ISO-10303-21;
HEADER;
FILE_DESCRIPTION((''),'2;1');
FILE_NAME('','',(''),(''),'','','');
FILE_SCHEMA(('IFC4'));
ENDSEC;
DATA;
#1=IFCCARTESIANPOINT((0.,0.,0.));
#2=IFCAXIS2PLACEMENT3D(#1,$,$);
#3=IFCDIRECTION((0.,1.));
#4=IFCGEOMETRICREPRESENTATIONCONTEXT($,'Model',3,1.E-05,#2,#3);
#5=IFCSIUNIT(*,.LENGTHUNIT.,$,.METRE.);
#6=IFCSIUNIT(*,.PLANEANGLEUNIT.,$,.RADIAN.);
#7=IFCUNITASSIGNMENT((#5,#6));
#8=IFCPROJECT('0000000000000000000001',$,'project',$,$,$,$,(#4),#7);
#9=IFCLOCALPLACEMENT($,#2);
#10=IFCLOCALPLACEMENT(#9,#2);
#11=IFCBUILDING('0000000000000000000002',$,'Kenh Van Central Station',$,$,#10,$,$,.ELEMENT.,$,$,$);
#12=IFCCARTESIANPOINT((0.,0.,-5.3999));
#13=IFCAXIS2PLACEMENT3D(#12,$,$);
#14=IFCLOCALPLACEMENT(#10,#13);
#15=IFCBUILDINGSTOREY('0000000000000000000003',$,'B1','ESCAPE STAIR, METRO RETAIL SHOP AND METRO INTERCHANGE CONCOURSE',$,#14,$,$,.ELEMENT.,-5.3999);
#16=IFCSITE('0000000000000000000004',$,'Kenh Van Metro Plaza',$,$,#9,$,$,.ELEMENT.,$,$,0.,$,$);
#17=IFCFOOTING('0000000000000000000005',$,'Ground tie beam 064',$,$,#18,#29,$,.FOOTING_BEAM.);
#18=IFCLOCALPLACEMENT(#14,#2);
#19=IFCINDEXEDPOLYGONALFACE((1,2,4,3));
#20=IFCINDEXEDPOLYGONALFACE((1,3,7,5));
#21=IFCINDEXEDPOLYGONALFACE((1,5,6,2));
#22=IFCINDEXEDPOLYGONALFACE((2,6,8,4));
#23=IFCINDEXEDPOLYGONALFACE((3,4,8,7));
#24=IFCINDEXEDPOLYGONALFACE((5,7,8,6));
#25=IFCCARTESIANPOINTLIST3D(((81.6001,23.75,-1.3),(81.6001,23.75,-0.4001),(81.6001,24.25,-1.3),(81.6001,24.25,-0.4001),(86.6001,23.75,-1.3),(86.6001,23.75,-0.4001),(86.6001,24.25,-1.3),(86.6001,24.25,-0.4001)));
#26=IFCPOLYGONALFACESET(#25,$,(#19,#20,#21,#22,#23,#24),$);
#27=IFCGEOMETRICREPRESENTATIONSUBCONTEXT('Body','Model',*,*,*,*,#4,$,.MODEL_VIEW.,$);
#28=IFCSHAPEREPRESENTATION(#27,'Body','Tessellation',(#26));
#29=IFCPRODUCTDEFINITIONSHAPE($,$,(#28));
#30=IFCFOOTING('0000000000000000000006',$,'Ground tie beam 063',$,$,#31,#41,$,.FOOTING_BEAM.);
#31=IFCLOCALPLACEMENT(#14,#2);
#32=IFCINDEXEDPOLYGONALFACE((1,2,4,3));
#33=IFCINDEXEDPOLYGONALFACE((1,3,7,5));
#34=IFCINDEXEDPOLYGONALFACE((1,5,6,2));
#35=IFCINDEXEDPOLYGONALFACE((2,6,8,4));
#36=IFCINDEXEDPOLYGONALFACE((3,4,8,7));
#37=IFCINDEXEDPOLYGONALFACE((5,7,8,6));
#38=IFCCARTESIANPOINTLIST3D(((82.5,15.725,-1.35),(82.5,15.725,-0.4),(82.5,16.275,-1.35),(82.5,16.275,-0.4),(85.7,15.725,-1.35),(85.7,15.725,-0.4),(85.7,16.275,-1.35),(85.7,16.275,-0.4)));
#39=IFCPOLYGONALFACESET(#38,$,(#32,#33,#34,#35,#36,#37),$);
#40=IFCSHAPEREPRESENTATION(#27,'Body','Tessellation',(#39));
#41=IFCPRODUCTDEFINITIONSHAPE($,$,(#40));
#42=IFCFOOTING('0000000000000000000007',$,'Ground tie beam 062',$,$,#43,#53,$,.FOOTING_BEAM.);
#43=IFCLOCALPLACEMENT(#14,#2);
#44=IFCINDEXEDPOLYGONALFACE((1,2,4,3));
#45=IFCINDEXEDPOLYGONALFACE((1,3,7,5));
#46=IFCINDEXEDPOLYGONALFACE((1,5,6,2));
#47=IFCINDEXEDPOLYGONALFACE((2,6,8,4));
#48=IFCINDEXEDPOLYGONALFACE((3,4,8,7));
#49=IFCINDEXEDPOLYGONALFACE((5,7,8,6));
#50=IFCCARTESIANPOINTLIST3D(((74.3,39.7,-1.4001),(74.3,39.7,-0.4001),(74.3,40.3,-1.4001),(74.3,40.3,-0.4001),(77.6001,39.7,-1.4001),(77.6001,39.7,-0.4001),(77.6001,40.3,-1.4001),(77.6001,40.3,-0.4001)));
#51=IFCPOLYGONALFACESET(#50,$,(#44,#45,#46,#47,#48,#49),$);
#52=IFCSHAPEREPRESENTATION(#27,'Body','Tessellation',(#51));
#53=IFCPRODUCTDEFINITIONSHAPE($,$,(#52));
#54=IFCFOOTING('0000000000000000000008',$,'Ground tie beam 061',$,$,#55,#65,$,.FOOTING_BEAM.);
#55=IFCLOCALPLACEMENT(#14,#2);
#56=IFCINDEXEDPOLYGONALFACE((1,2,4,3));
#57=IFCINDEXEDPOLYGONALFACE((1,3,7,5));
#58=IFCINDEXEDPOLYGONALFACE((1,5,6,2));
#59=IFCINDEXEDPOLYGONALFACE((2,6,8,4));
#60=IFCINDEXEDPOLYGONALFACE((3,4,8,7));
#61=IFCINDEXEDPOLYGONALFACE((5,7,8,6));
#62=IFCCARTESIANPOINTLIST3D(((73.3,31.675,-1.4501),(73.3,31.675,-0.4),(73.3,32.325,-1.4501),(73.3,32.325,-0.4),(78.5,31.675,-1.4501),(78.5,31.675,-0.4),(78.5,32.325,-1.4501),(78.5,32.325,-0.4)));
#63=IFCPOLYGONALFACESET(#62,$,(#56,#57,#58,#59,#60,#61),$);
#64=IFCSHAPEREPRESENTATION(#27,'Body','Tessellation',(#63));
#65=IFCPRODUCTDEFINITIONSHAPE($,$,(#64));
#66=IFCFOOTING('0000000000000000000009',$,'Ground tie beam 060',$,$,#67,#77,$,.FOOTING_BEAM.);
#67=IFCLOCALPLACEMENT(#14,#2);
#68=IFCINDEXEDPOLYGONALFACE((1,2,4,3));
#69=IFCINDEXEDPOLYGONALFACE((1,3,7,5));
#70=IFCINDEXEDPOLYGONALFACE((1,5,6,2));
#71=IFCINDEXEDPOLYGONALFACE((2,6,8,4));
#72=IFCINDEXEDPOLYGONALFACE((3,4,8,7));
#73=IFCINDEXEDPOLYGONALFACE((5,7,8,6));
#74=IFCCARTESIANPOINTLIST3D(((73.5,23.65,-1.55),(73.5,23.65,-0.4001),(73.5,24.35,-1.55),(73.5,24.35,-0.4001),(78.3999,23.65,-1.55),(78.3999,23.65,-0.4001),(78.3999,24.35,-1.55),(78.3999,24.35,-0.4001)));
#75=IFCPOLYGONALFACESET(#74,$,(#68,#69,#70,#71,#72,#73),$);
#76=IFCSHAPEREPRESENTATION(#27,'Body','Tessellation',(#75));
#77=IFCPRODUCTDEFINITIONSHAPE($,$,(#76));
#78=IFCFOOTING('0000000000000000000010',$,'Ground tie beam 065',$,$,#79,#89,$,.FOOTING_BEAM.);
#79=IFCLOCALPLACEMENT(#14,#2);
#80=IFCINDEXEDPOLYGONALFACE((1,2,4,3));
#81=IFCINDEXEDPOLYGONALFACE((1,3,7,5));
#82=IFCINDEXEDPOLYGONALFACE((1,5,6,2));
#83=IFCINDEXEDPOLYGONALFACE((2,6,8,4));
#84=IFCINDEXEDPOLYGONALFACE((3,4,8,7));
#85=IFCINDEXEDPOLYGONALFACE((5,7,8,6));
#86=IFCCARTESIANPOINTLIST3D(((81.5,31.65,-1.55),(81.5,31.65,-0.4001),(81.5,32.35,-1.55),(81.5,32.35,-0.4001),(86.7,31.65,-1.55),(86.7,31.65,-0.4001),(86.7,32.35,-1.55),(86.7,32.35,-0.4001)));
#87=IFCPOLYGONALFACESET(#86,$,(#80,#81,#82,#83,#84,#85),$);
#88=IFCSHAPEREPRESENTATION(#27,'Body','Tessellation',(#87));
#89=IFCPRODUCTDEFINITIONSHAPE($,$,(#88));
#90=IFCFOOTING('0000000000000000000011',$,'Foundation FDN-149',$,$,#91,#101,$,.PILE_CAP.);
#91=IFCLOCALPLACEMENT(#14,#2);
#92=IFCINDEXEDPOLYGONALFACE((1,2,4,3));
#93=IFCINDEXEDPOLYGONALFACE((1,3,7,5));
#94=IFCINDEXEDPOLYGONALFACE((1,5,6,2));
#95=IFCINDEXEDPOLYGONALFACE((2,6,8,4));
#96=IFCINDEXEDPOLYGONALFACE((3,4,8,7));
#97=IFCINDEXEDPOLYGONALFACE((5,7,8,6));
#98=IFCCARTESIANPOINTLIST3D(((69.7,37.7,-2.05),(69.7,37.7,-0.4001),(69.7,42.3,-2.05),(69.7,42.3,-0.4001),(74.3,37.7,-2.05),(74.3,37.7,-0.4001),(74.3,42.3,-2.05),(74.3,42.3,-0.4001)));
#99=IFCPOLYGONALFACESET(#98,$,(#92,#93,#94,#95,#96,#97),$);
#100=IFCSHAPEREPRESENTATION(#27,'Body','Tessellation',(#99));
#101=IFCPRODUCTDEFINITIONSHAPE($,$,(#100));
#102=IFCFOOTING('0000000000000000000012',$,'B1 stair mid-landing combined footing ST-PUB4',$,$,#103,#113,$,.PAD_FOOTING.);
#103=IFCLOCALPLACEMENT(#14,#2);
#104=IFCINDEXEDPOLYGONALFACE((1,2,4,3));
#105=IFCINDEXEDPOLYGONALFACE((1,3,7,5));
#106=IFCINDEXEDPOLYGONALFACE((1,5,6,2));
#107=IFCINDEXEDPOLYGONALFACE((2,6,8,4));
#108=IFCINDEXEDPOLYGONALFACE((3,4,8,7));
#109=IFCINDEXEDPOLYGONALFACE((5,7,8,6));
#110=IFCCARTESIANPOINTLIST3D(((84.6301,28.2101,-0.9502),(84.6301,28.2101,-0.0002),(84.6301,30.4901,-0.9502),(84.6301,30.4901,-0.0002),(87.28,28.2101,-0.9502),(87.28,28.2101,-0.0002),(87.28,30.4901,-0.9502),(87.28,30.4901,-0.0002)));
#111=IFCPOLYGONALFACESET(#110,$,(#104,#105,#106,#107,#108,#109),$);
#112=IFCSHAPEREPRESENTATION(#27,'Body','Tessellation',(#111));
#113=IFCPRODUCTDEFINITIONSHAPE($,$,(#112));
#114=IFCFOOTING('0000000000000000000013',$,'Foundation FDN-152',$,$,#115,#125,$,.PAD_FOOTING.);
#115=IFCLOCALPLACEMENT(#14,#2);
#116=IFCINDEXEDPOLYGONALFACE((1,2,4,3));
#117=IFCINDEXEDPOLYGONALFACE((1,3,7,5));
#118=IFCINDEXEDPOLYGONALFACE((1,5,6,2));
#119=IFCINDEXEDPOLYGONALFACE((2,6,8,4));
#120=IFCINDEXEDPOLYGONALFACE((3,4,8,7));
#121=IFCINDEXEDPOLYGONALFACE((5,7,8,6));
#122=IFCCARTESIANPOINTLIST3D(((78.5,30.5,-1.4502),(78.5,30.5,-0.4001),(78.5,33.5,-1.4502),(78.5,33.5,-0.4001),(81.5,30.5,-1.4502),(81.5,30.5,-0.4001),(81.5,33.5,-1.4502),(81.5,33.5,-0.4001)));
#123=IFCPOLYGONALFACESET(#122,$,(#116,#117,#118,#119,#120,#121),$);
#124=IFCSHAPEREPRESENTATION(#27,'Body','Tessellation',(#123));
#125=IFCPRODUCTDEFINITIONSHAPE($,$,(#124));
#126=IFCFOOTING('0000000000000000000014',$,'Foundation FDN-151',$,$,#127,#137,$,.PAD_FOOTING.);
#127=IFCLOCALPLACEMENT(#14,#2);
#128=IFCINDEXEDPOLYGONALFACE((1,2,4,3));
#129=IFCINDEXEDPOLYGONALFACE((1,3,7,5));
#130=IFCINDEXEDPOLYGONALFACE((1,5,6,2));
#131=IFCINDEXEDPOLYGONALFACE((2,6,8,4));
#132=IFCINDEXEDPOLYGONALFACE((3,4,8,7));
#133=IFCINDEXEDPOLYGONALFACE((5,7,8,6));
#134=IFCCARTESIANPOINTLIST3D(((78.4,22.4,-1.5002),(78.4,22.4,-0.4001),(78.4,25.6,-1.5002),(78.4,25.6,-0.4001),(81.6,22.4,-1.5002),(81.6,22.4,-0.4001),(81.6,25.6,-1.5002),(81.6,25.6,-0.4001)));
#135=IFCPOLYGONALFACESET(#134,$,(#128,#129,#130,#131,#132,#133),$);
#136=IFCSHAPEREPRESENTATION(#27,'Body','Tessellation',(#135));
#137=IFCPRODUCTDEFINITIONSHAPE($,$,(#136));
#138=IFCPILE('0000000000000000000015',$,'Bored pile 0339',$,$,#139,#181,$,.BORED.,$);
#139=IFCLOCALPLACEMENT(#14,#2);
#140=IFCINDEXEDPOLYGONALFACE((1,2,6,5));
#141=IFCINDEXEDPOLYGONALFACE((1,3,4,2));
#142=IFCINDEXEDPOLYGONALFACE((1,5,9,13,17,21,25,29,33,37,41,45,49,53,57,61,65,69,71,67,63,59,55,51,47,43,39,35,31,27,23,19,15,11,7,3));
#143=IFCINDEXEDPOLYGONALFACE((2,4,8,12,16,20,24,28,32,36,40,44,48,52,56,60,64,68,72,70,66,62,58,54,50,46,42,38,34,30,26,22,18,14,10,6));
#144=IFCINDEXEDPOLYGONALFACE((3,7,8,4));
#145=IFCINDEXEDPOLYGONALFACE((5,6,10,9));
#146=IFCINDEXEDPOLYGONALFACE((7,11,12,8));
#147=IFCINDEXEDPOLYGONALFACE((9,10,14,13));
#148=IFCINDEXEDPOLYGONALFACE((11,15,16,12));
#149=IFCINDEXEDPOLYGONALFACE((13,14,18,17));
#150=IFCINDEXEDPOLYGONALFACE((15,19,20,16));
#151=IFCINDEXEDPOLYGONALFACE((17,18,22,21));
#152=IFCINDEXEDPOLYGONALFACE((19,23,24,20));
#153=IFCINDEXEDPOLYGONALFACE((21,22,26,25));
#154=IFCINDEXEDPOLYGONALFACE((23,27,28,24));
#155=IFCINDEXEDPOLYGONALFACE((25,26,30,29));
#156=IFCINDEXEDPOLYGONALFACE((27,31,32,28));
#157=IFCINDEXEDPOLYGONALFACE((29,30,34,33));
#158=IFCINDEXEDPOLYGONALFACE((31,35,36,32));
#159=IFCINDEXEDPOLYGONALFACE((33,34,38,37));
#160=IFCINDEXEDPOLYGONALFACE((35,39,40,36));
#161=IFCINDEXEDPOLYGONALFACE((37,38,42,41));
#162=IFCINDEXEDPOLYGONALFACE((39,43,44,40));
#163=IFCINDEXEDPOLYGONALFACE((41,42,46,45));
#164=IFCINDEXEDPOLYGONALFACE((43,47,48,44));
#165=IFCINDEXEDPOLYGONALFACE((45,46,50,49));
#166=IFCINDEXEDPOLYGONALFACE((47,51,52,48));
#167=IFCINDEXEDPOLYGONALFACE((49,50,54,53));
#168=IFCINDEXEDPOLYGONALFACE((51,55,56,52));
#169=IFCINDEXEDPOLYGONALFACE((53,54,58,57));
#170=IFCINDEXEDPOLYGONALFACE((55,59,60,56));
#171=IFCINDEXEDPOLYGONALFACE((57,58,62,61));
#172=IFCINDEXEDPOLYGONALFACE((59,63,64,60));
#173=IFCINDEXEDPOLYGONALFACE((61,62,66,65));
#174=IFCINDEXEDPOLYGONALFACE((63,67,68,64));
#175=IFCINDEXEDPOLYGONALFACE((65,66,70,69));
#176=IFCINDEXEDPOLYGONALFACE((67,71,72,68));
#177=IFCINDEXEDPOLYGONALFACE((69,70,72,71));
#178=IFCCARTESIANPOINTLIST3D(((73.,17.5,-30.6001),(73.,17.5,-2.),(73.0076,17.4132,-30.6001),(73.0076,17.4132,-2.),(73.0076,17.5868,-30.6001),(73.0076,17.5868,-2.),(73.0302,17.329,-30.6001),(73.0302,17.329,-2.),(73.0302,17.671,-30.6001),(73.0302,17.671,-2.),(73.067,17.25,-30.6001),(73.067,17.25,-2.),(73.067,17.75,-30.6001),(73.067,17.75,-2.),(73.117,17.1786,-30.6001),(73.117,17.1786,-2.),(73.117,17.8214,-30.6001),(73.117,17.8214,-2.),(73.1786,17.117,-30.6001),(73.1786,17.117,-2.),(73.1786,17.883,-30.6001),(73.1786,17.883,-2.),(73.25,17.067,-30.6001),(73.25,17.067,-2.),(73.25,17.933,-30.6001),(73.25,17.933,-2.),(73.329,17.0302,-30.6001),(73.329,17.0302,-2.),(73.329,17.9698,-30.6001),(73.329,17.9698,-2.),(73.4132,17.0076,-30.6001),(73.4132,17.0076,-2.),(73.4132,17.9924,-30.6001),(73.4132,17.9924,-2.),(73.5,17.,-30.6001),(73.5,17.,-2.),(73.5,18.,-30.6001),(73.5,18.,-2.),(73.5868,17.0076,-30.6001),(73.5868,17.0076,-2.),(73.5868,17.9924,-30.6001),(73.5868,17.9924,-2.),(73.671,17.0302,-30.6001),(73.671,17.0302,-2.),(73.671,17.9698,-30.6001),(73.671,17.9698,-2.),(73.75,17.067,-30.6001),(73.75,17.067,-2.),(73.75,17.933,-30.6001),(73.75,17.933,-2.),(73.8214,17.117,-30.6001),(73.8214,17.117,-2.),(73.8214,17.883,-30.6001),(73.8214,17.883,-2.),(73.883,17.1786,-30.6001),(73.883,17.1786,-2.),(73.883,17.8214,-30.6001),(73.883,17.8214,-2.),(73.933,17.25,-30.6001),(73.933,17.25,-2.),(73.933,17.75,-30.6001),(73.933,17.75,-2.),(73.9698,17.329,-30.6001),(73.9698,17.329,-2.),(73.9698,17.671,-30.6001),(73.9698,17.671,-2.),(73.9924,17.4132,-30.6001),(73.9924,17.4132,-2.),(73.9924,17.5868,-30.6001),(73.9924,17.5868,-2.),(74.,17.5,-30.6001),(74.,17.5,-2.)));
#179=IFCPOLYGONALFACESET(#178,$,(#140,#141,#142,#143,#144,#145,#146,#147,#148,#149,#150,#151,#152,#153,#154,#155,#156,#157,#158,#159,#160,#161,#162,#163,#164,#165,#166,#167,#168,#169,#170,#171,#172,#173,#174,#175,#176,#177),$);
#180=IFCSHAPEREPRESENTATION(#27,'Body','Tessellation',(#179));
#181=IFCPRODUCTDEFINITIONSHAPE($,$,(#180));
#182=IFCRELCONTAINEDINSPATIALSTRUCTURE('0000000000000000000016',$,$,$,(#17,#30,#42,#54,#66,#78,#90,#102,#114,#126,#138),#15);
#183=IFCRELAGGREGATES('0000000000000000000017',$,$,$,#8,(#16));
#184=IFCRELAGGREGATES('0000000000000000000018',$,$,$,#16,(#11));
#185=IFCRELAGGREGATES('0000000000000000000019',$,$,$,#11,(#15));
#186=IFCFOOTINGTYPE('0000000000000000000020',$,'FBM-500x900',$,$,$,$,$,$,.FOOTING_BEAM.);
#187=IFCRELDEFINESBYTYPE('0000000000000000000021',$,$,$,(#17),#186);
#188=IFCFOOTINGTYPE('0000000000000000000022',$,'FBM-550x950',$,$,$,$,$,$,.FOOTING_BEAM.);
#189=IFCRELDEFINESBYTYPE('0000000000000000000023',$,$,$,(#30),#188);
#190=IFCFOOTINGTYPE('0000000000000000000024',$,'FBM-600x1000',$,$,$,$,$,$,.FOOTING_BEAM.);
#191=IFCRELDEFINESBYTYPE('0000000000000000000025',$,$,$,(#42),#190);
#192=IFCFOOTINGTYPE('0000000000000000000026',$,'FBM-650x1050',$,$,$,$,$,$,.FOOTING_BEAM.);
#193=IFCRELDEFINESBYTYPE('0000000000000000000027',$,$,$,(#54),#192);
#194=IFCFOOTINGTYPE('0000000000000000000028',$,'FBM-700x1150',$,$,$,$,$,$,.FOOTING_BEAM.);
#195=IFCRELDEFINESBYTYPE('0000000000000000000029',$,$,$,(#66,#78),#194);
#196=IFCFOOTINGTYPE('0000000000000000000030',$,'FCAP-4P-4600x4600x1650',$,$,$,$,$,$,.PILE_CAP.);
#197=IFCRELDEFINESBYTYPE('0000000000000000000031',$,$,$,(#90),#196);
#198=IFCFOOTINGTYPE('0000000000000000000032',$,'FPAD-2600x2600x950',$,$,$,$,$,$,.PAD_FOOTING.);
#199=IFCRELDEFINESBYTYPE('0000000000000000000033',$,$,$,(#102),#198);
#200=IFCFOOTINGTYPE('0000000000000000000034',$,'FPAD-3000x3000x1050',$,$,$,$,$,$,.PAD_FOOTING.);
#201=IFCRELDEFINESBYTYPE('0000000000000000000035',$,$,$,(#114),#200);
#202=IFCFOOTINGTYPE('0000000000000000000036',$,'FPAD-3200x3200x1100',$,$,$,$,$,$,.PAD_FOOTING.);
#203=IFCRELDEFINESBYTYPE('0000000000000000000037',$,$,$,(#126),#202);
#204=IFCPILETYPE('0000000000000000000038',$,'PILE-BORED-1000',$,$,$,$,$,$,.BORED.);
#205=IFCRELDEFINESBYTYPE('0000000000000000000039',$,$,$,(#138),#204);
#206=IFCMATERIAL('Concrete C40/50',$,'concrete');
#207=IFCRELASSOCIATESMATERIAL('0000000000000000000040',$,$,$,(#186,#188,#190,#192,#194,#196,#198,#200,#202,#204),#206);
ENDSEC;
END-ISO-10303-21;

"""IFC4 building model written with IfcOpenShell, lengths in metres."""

from ifc_helpers import new_model, si_unit, direction, frame, origin, origin_2d, place, context, subcontext, project, spatial, rectangle, circle, extrude, material, material_profile, profile_set, type_object, element, save


model = new_model("IFC4")

# Units and contexts
model_context = context("Model", 3, precision=1e-05, world=origin(), true_north=direction((0.0, 1.0)))
body_context = subcontext(model_context, "Body", "Model", "MODEL_VIEW")
ifc_project = project(units=[si_unit("LENGTHUNIT", "METRE"), si_unit("PLANEANGLEUNIT", "RADIAN")], contexts=[model_context])

# Site, building, storey
site_placement = place(None, origin())
site = spatial("IfcSite", under=ifc_project, at=site_placement, Name="Kenh Van Metro Plaza", CompositionType="ELEMENT", RefElevation=0.0)
building_placement = place(site_placement, origin())
building = spatial("IfcBuilding", under=site, at=building_placement, Name="Kenh Van Central Station", CompositionType="ELEMENT")
storey_placement = place(building_placement, frame((0.0, 0.0, -5.3999)))
storey = spatial("IfcBuildingStorey", under=building, at=storey_placement, Name="B1", Description="ESCAPE STAIR, METRO RETAIL SHOP AND METRO INTERCHANGE CONCOURSE", CompositionType="ELEMENT", Elevation=-5.3999)

# Footings
ifc_material_1 = material(Name="Concrete C40/50", Category="concrete")
ifc_material_profile_1 = material_profile(ifc_material_1, rectangle(XDim=0.5, YDim=0.8999, at=origin_2d()), Name="RC 500x900")
ifc_profile_set_1 = profile_set([ifc_material_profile_1], Name="Concrete C40/50")
footing_type_1 = type_object("IfcFootingType", Name="FBM-500x900", PredefinedType="FOOTING_BEAM", material=ifc_profile_set_1)
footing_1_placement = place(storey_placement, frame((81.6001, 24.0, -0.8501), z_axis=(1.0, 0.0, 0.0), x_axis=(0.0, 1.0, 0.0)))
element("IfcFooting", 1, at=footing_1_placement, inside=storey, type_object=footing_type_1, Name="Ground tie beam 064", PredefinedType="FOOTING_BEAM", context=body_context, shape_type="SweptSolid", body=[
    extrude(rectangle(XDim=0.5, YDim=0.8999, at=origin_2d()), origin(), (0.0, 0.0, 1.0), 5.0),
])
ifc_material_profile_2 = material_profile(ifc_material_1, rectangle(XDim=0.55, YDim=0.95, at=origin_2d()), Name="RC 550x950")
ifc_profile_set_2 = profile_set([ifc_material_profile_2], Name="Concrete C40/50")
footing_type_2 = type_object("IfcFootingType", Name="FBM-550x950", PredefinedType="FOOTING_BEAM", material=ifc_profile_set_2)
footing_2_placement = place(storey_placement, frame((82.5, 16.0, -0.875), z_axis=(1.0, 0.0, 0.0), x_axis=(0.0, 1.0, 0.0)))
element("IfcFooting", 2, at=footing_2_placement, inside=storey, type_object=footing_type_2, Name="Ground tie beam 063", PredefinedType="FOOTING_BEAM", context=body_context, shape_type="SweptSolid", body=[
    extrude(rectangle(XDim=0.55, YDim=0.95, at=origin_2d()), origin(), (0.0, 0.0, 1.0), 3.2),
])
ifc_material_profile_3 = material_profile(ifc_material_1, rectangle(XDim=0.6001, YDim=1.0, at=origin_2d()), Name="RC 600x1000")
ifc_profile_set_3 = profile_set([ifc_material_profile_3], Name="Concrete C40/50")
footing_type_3 = type_object("IfcFootingType", Name="FBM-600x1000", PredefinedType="FOOTING_BEAM", material=ifc_profile_set_3)
footing_3_placement = place(storey_placement, frame((74.3, 40.0, -0.9001), z_axis=(1.0, 0.0, 0.0), x_axis=(0.0, 1.0, 0.0)))
element("IfcFooting", 3, at=footing_3_placement, inside=storey, type_object=footing_type_3, Name="Ground tie beam 062", PredefinedType="FOOTING_BEAM", context=body_context, shape_type="SweptSolid", body=[
    extrude(rectangle(XDim=0.6001, YDim=1.0, at=origin_2d()), origin(), (0.0, 0.0, 1.0), 3.3),
])
ifc_material_profile_4 = material_profile(ifc_material_1, rectangle(XDim=0.6499, YDim=1.05, at=origin_2d()), Name="RC 650x1050")
ifc_profile_set_4 = profile_set([ifc_material_profile_4], Name="Concrete C40/50")
footing_type_4 = type_object("IfcFootingType", Name="FBM-650x1050", PredefinedType="FOOTING_BEAM", material=ifc_profile_set_4)
footing_4_placement = place(storey_placement, frame((73.3, 32.0, -0.925), z_axis=(1.0, 0.0, 0.0), x_axis=(0.0, 1.0, 0.0)))
element("IfcFooting", 4, at=footing_4_placement, inside=storey, type_object=footing_type_4, Name="Ground tie beam 061", PredefinedType="FOOTING_BEAM", context=body_context, shape_type="SweptSolid", body=[
    extrude(rectangle(XDim=0.6499, YDim=1.05, at=origin_2d()), origin(), (0.0, 0.0, 1.0), 5.2),
])
ifc_material_profile_5 = material_profile(ifc_material_1, rectangle(XDim=0.7, YDim=1.1499, at=origin_2d()), Name="RC 700x1150")
ifc_profile_set_5 = profile_set([ifc_material_profile_5], Name="Concrete C40/50")
footing_type_5 = type_object("IfcFootingType", Name="FBM-700x1150", PredefinedType="FOOTING_BEAM", material=ifc_profile_set_5)
footing_5_placement = place(storey_placement, frame((73.5, 24.0, -0.9751), z_axis=(1.0, 0.0, 0.0), x_axis=(0.0, 1.0, 0.0)))
element("IfcFooting", 5, at=footing_5_placement, inside=storey, type_object=footing_type_5, Name="Ground tie beam 060", PredefinedType="FOOTING_BEAM", context=body_context, shape_type="SweptSolid", body=[
    extrude(rectangle(XDim=0.7, YDim=1.1499, at=origin_2d()), origin(), (0.0, 0.0, 1.0), 4.8999),
])
footing_6_placement = place(storey_placement, frame((81.5, 32.0, -0.9751), z_axis=(1.0, 0.0, 0.0), x_axis=(0.0, 1.0, 0.0)))
element("IfcFooting", 6, at=footing_6_placement, inside=storey, type_object=footing_type_5, Name="Ground tie beam 065", PredefinedType="FOOTING_BEAM", context=body_context, shape_type="SweptSolid", body=[
    extrude(rectangle(XDim=0.7, YDim=1.1499, at=origin_2d()), origin(), (0.0, 0.0, 1.0), 5.2),
])
footing_type_6 = type_object("IfcFootingType", Name="FCAP-4P-4600x4600x1650", PredefinedType="PILE_CAP", material=ifc_material_1)
footing_7_placement = place(storey_placement, frame((72.0, 40.0, -2.05), z_axis=(0.0, 0.0, 1.0), x_axis=(1.0, 0.0, 0.0)))
element("IfcFooting", 7, at=footing_7_placement, inside=storey, type_object=footing_type_6, Name="Foundation FDN-149", PredefinedType="PILE_CAP", context=body_context, shape_type="SweptSolid", body=[
    extrude(rectangle(XDim=4.6001, YDim=4.6001, at=origin_2d()), origin(), (0.0, 0.0, 1.0), 1.6499),
])
footing_type_7 = type_object("IfcFootingType", Name="FPAD-2600x2600x950", PredefinedType="PAD_FOOTING", material=ifc_material_1)
footing_8_placement = place(storey_placement, frame((85.9551, 29.3501, -0.9502), z_axis=(0.0, 0.0, 1.0), x_axis=(1.0, 0.0, 0.0)))
element("IfcFooting", 8, at=footing_8_placement, inside=storey, type_object=footing_type_7, Name="B1 stair mid-landing combined footing ST-PUB4", PredefinedType="PAD_FOOTING", context=body_context, shape_type="SweptSolid", body=[
    extrude(rectangle(XDim=2.6499, YDim=2.28, at=origin_2d()), origin(), (0.0, 0.0, 1.0), 0.95),
])
footing_type_8 = type_object("IfcFootingType", Name="FPAD-3000x3000x1050", PredefinedType="PAD_FOOTING", material=ifc_material_1)
footing_9_placement = place(storey_placement, frame((80.0, 32.0, -1.4502), z_axis=(0.0, 0.0, 1.0), x_axis=(1.0, 0.0, 0.0)))
element("IfcFooting", 9, at=footing_9_placement, inside=storey, type_object=footing_type_8, Name="Foundation FDN-152", PredefinedType="PAD_FOOTING", context=body_context, shape_type="SweptSolid", body=[
    extrude(rectangle(XDim=3.0, YDim=3.0, at=origin_2d()), origin(), (0.0, 0.0, 1.0), 1.05),
])
footing_type_9 = type_object("IfcFootingType", Name="FPAD-3200x3200x1100", PredefinedType="PAD_FOOTING", material=ifc_material_1)
footing_10_placement = place(storey_placement, frame((80.0, 24.0, -1.5002), z_axis=(0.0, 0.0, 1.0), x_axis=(1.0, 0.0, 0.0)))
element("IfcFooting", 10, at=footing_10_placement, inside=storey, type_object=footing_type_9, Name="Foundation FDN-151", PredefinedType="PAD_FOOTING", context=body_context, shape_type="SweptSolid", body=[
    extrude(rectangle(XDim=3.2, YDim=3.2, at=origin_2d()), origin(), (0.0, 0.0, 1.0), 1.1001),
])

# Pile
ifc_material_profile_6 = material_profile(ifc_material_1, circle(Radius=0.5, at=origin_2d()), Name="PILE D1000")
ifc_profile_set_6 = profile_set([ifc_material_profile_6], Name="Concrete C40/50")
pile_type = type_object("IfcPileType", Name="PILE-BORED-1000", PredefinedType="BORED", material=ifc_profile_set_6)
pile_1_placement = place(storey_placement, frame((73.5, 17.5, -2.0), z_axis=(0.0, 0.0, -1.0), x_axis=(1.0, 0.0, 0.0)))
element("IfcPile", 11, at=pile_1_placement, inside=storey, type_object=pile_type, Name="Bored pile 0339", PredefinedType="BORED", context=body_context, shape_type="SweptSolid", body=[
    extrude(circle(Radius=0.5, at=origin_2d()), origin(), (0.0, 0.0, 1.0), 28.6001),
])

save(model, "model.ifc")
